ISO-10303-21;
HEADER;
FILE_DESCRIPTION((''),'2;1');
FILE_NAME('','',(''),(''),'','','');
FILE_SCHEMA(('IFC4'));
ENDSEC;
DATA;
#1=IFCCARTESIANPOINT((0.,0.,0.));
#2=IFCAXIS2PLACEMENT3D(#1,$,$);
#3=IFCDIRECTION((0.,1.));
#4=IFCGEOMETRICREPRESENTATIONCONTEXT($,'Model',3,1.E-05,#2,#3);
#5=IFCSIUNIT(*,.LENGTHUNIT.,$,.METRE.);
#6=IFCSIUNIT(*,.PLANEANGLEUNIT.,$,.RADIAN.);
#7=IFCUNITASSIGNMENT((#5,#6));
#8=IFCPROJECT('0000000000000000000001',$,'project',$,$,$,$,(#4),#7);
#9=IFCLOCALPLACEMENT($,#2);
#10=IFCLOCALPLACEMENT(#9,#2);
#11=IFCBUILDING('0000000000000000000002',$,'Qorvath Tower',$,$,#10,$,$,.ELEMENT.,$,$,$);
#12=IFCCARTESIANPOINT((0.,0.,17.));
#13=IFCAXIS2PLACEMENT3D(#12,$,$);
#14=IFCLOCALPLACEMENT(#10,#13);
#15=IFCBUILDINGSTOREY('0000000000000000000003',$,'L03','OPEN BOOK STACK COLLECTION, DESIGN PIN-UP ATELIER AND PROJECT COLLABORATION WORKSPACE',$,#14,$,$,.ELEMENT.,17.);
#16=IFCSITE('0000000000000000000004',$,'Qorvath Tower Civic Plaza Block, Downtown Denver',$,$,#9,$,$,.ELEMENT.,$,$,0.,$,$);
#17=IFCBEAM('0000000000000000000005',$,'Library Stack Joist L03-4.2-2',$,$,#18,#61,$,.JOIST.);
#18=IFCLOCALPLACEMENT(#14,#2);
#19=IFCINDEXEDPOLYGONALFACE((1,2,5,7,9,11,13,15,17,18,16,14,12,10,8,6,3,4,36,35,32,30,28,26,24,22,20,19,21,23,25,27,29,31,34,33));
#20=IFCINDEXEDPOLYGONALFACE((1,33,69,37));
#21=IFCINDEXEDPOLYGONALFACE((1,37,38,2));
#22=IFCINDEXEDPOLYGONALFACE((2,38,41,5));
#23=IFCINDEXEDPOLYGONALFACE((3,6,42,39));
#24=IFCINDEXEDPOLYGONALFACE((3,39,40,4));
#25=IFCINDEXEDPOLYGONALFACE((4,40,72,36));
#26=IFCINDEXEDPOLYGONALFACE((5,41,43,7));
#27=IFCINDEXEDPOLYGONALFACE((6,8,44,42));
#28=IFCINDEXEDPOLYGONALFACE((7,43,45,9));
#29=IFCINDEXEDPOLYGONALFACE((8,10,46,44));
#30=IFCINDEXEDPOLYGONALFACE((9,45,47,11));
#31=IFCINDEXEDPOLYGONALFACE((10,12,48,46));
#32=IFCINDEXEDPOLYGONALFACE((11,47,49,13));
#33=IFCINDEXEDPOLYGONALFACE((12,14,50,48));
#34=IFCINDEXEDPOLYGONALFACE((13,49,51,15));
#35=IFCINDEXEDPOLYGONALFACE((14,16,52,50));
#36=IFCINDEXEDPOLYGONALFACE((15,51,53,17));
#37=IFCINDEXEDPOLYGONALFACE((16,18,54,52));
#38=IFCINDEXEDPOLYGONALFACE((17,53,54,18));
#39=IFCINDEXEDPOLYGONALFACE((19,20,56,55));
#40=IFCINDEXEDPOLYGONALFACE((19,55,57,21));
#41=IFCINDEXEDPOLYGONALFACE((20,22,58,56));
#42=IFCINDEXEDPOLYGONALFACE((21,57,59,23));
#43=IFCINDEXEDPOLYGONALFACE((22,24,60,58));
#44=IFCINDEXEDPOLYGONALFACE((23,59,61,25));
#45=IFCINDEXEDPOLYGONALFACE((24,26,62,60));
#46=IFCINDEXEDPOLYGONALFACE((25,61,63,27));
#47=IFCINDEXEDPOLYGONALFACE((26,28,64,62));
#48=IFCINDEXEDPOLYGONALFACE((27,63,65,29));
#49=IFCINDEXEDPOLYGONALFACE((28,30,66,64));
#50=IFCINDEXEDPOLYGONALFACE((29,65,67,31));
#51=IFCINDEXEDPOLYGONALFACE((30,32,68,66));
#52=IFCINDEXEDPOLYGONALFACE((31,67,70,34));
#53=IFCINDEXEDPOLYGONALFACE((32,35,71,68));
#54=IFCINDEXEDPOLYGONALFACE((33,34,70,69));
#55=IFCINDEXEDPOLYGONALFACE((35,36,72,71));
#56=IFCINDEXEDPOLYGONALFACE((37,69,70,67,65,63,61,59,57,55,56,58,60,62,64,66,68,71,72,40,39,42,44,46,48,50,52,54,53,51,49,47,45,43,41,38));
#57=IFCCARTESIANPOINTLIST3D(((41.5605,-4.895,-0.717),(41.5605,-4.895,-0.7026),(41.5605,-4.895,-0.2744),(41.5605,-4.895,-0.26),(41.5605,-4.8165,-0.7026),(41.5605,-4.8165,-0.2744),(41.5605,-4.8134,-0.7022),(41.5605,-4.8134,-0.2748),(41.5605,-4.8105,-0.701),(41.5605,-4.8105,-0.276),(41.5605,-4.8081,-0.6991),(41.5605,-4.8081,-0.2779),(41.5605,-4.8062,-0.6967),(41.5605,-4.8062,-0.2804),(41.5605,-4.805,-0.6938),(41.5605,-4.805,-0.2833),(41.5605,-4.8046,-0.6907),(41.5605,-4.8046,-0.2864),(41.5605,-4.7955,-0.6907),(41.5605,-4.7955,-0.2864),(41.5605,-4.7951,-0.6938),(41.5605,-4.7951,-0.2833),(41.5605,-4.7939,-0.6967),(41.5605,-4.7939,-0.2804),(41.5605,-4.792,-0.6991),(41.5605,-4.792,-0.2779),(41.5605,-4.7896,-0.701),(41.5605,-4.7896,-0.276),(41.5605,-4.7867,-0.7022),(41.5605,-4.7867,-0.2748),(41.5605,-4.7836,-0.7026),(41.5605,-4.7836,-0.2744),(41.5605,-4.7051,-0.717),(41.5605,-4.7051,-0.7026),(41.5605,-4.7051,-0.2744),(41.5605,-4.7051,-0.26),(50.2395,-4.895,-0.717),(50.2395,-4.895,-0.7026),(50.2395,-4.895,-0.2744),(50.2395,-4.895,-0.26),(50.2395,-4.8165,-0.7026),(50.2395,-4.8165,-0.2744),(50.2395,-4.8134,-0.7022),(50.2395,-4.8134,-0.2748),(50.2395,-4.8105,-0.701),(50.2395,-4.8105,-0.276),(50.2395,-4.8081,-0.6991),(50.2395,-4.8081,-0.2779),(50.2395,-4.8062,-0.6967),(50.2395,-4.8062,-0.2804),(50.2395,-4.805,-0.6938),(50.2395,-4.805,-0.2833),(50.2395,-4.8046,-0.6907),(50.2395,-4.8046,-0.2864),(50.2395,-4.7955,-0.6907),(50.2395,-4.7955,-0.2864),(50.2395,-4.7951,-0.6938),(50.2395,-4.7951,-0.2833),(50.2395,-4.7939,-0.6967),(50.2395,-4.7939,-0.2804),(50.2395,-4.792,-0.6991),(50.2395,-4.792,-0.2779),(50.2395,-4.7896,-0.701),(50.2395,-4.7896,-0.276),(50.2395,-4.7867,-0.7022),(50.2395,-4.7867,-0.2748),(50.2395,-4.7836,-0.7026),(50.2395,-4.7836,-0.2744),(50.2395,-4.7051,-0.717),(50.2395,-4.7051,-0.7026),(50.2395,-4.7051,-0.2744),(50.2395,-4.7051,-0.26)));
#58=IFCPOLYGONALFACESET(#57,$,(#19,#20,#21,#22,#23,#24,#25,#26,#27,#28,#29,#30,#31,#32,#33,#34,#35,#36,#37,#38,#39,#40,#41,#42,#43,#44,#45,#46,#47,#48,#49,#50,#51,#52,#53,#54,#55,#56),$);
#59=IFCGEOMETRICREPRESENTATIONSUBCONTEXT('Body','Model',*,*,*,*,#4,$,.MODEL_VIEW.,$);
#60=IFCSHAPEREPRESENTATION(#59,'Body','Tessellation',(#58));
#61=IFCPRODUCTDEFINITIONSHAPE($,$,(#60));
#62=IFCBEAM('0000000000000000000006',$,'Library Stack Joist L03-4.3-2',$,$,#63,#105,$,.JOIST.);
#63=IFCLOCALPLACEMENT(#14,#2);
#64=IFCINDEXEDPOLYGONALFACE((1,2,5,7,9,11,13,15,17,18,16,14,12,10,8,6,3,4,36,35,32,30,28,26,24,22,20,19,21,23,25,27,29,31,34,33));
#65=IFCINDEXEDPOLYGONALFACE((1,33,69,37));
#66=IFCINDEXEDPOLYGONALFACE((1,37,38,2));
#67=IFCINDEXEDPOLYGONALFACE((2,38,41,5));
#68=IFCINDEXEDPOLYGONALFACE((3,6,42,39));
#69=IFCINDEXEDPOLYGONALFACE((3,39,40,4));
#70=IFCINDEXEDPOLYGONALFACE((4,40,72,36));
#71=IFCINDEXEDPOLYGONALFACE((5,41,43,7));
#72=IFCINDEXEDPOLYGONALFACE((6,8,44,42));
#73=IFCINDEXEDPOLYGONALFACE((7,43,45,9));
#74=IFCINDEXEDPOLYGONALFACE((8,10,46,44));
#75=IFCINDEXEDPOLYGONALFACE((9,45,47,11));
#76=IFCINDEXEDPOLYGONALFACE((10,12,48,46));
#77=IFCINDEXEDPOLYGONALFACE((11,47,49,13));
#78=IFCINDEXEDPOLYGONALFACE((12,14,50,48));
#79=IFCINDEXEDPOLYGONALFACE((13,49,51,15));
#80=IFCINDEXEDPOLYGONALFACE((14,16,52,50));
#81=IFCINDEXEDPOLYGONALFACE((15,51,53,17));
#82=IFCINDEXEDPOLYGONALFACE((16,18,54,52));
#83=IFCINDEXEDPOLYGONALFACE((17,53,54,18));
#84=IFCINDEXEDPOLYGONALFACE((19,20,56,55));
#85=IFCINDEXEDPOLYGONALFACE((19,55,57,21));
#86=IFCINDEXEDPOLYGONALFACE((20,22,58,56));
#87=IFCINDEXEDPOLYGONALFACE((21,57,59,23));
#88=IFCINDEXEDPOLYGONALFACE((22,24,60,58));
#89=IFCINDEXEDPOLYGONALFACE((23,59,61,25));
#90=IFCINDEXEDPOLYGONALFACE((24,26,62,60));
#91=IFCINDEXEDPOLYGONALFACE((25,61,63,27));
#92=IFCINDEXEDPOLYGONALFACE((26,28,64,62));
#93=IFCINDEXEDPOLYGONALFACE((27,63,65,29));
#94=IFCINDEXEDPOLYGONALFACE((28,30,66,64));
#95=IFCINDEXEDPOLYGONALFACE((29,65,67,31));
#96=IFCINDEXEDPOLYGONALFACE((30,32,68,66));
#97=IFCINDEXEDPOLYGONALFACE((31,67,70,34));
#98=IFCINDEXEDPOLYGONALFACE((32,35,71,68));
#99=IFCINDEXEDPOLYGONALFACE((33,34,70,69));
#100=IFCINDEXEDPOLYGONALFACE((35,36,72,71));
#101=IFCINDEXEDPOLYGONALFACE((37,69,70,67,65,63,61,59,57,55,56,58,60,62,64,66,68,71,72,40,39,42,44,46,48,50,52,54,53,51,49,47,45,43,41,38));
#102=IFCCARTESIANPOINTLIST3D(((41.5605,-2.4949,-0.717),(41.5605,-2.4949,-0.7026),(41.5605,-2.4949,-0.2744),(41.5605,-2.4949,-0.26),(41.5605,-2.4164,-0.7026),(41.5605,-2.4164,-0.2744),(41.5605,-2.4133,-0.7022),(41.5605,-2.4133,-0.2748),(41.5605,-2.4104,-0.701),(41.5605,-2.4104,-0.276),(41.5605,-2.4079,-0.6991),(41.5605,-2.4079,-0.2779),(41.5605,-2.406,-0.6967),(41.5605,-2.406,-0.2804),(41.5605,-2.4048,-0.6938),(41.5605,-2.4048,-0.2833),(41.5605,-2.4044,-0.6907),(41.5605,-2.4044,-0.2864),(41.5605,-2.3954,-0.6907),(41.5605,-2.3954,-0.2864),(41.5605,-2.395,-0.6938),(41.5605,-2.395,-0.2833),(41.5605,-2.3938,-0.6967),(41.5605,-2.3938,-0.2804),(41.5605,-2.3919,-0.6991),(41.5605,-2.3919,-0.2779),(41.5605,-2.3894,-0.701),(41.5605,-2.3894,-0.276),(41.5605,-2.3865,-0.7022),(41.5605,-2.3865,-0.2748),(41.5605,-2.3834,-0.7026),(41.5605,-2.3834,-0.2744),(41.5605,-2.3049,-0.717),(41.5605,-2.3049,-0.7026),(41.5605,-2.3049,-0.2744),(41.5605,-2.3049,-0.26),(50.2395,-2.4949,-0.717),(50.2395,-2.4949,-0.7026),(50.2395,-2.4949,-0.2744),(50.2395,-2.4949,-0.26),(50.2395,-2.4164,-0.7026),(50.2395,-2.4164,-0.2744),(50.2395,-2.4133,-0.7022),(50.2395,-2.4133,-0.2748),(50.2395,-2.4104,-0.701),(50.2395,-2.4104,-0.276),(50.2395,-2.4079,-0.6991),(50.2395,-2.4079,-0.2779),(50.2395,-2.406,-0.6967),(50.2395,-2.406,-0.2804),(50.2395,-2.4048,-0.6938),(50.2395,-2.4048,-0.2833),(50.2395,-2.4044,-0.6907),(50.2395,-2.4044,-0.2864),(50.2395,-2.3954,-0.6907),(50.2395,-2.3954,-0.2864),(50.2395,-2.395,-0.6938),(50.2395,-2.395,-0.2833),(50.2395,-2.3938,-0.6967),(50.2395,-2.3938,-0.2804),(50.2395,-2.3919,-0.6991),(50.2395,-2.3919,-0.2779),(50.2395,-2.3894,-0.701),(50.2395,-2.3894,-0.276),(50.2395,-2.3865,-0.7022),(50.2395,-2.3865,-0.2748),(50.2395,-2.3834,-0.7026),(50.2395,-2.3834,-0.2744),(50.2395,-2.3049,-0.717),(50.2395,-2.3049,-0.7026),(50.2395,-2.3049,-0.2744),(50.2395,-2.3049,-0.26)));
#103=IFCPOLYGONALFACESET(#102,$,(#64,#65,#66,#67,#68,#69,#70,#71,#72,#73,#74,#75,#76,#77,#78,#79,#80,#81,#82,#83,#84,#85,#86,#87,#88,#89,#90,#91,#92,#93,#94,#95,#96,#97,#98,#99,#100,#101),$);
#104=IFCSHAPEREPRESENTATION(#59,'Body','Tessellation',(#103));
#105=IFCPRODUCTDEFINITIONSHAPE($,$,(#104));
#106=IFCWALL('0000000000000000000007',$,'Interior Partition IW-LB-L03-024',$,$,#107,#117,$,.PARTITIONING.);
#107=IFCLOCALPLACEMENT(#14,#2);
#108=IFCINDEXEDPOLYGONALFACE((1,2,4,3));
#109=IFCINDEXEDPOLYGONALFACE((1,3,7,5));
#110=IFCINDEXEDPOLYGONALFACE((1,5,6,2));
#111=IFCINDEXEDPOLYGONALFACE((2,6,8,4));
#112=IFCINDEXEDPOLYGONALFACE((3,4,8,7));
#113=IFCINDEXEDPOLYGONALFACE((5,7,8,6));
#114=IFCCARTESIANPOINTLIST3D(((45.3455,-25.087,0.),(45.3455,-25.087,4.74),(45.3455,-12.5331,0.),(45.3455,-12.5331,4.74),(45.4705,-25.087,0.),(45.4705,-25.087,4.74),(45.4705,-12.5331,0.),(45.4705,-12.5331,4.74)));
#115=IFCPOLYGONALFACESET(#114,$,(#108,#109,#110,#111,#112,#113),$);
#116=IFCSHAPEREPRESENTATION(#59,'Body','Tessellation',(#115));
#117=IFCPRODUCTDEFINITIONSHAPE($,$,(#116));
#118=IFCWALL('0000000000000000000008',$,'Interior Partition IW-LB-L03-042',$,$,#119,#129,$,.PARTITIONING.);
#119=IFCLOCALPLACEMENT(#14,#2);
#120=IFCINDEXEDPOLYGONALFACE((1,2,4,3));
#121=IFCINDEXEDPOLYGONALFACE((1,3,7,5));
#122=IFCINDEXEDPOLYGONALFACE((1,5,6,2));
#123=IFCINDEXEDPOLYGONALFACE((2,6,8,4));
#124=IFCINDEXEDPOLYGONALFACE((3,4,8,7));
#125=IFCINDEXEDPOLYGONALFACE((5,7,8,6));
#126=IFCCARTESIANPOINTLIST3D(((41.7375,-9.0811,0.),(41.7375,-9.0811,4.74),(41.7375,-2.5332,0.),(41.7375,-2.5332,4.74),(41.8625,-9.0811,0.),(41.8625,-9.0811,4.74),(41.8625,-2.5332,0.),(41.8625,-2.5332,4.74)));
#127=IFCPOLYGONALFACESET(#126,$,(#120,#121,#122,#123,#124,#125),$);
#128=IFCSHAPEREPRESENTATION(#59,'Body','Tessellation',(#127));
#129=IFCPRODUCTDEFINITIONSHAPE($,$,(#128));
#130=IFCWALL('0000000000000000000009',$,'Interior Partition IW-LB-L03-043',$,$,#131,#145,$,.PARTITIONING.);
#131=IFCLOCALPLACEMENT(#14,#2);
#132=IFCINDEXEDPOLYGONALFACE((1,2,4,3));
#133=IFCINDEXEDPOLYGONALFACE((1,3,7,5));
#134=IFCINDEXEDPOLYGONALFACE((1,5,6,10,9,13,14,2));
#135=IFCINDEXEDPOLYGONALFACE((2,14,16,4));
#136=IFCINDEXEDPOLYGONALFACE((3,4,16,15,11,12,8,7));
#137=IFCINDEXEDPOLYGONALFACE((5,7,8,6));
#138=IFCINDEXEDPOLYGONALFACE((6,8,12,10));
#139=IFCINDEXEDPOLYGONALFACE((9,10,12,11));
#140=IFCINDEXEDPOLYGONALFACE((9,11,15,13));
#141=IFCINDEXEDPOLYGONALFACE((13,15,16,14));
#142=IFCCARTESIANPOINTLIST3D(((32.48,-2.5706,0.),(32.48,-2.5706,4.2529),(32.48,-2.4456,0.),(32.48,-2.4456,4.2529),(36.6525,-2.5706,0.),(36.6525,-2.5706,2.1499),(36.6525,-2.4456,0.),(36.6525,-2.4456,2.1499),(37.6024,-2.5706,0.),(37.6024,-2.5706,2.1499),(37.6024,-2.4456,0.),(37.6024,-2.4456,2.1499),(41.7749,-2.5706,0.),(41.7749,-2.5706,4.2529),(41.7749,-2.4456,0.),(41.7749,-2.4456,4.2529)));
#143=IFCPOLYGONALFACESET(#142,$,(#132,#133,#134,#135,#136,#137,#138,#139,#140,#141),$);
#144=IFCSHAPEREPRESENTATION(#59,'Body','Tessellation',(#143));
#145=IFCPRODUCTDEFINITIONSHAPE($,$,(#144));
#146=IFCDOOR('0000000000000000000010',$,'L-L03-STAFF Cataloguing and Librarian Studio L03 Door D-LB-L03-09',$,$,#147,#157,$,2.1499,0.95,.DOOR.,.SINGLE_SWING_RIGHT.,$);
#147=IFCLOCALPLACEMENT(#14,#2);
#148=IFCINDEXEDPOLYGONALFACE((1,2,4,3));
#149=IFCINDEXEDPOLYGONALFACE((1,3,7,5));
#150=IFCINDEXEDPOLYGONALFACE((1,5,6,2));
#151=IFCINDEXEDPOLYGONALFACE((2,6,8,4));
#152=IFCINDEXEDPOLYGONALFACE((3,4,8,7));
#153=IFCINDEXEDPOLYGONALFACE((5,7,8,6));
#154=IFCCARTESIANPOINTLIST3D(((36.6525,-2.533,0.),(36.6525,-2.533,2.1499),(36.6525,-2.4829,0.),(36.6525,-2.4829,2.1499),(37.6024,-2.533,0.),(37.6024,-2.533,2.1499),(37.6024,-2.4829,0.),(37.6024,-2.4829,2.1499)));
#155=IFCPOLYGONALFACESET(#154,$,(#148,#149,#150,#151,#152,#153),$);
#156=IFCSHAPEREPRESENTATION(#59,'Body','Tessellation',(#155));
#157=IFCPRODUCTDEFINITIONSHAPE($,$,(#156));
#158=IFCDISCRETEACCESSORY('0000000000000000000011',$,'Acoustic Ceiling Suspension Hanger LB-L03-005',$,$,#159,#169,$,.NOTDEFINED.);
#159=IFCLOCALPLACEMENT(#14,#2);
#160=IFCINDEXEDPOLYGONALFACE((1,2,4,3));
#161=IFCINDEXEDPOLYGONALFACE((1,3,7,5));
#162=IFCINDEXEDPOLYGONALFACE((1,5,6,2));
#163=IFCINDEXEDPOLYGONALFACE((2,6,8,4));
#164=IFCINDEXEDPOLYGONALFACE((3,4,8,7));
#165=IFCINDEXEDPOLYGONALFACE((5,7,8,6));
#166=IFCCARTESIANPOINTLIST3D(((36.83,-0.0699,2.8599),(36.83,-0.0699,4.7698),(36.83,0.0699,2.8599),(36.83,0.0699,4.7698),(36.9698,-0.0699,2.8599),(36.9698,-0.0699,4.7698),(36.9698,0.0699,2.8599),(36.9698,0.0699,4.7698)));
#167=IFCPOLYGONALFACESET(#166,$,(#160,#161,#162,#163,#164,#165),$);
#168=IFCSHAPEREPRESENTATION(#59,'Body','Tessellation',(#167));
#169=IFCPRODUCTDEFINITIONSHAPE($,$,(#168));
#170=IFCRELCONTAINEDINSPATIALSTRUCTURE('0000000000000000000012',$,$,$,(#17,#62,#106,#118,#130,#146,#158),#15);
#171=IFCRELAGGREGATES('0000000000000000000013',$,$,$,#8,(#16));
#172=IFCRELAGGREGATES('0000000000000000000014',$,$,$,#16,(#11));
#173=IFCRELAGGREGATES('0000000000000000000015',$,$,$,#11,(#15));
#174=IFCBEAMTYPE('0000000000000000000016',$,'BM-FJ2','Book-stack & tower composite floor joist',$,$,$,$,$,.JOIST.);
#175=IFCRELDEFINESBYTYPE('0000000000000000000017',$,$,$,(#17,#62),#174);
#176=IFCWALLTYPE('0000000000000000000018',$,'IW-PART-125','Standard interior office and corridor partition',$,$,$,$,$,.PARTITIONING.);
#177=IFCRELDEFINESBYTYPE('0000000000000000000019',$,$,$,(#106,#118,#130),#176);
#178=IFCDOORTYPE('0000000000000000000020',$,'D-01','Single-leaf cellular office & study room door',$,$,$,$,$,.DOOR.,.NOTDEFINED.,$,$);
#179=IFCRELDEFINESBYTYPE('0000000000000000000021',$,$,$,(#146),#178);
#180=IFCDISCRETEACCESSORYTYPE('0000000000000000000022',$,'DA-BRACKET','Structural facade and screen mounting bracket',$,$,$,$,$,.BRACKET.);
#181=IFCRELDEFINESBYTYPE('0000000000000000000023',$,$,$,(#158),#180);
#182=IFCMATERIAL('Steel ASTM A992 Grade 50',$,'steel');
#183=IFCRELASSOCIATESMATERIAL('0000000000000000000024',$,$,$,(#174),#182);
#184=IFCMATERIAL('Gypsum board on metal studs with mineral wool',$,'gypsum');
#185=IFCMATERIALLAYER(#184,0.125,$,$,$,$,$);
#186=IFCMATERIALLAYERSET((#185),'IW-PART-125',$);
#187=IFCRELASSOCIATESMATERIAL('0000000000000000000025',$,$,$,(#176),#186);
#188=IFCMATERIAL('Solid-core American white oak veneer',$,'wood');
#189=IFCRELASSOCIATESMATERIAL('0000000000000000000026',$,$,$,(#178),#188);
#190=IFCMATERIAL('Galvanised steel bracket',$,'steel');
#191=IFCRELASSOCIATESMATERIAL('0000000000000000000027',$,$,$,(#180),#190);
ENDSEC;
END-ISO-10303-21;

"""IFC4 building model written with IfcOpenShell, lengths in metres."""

from ifc_helpers import new_model, si_unit, direction, frame, frame_2d, origin, origin_2d, place, context, subcontext, project, spatial, rectangle, i_section, extrude, material, layer, layer_set, material_profile, profile_set, type_object, element, fill, save


model = new_model("IFC4")

# Units and contexts
model_context = context("Model", 3, precision=1e-05, world=origin(), true_north=direction((0.0, 1.0)))
body_context = subcontext(model_context, "Body", "Model", "MODEL_VIEW")
ifc_project = project(units=[si_unit("LENGTHUNIT", "METRE"), si_unit("PLANEANGLEUNIT", "RADIAN")], contexts=[model_context])

# Site, building, storey
site_placement = place(None, origin())
site = spatial("IfcSite", under=ifc_project, at=site_placement, Name="Qorvath Tower Civic Plaza Block, Downtown Denver", CompositionType="ELEMENT", RefElevation=0.0)
building_placement = place(site_placement, origin())
building = spatial("IfcBuilding", under=site, at=building_placement, Name="Qorvath Tower", CompositionType="ELEMENT")
storey_placement = place(building_placement, frame((0.0, 0.0, 17.0)))
storey = spatial("IfcBuildingStorey", under=building, at=storey_placement, Name="L03", Description="OPEN BOOK STACK COLLECTION, DESIGN PIN-UP ATELIER AND PROJECT COLLABORATION WORKSPACE", CompositionType="ELEMENT", Elevation=17.0)

# Beams
ifc_material_1 = material(Name="Steel ASTM A992 Grade 50", Category="steel")
ifc_material_profile_1 = material_profile(ifc_material_1, i_section(OverallWidth=0.1899, OverallDepth=0.457, WebThickness=0.009, FlangeThickness=0.0144, FilletRadius=0.012, at=origin_2d()), Name="W18x50")
ifc_profile_set_1 = profile_set([ifc_material_profile_1], Name="Steel ASTM A992 Grade 50")
beam_type_1 = type_object("IfcBeamType", Name="BM-FJ2", Description="Book-stack & tower composite floor joist", PredefinedType="JOIST", material=ifc_profile_set_1)
for number, where, z_axis, x_axis, name in (
    (1, (41.5605, -4.8, -0.4885), (1.0, 0.0, 0.0), (0.0, 1.0, 0.0), "Library Stack Joist L03-4.2-2"),
    (2, (41.5605, -2.3999, -0.4885), (1.0, 0.0, 0.0), (0.0, 1.0, 0.0), "Library Stack Joist L03-4.3-2"),
):
    element("IfcBeam", number, at=place(storey_placement, frame(where, z_axis=z_axis, x_axis=x_axis)), inside=storey, type_object=beam_type_1, Name=name, PredefinedType="JOIST", context=body_context, shape_type="SweptSolid", body=[
        extrude(i_section(OverallWidth=0.1899, OverallDepth=0.457, WebThickness=0.009, FlangeThickness=0.0144, FilletRadius=0.012, at=origin_2d()), origin(), (0.0, 0.0, 1.0), 8.679),
    ])

# Walls
ifc_material_2 = material(Name="Gypsum board on metal studs with mineral wool", Category="gypsum")
ifc_layer = layer(ifc_material_2, 0.125)
ifc_layer_set = layer_set([ifc_layer], Name="IW-PART-125")
wall_type = type_object("IfcWallType", Name="IW-PART-125", Description="Standard interior office and corridor partition", PredefinedType="PARTITIONING", material=ifc_layer_set)
wall_1_placement = place(storey_placement, frame((45.408, -12.5332, 0.0), z_axis=(0.0, 0.0, 1.0), x_axis=(0.0, -1.0, 0.0)))
element("IfcWall", 3, at=wall_1_placement, inside=storey, type_object=wall_type, Name="Interior Partition IW-LB-L03-024", PredefinedType="PARTITIONING", context=body_context, shape_type="SweptSolid", body=[
    extrude(rectangle(XDim=12.554, YDim=0.125, at=frame_2d((6.2769, 0.0))), origin(), (0.0, 0.0, 1.0), 4.74),
])
wall_2_placement = place(storey_placement, frame((41.8, -9.0811, 0.0), z_axis=(0.0, 0.0, 1.0), x_axis=(0.0, 1.0, 0.0)))
element("IfcWall", 4, at=wall_2_placement, inside=storey, type_object=wall_type, Name="Interior Partition IW-LB-L03-042", PredefinedType="PARTITIONING", context=body_context, shape_type="SweptSolid", body=[
    extrude(rectangle(XDim=6.5479, YDim=0.125, at=frame_2d((3.2739, 0.0))), origin(), (0.0, 0.0, 1.0), 4.74),
])

# Wall, opening, door
wall_3_placement = place(storey_placement, frame((41.7749, -2.5081, 0.0), z_axis=(0.0, 0.0, 1.0), x_axis=(-1.0, 0.0, 0.0)))
wall_3 = element("IfcWall", 5, at=wall_3_placement, inside=storey, type_object=wall_type, Name="Interior Partition IW-LB-L03-043", PredefinedType="PARTITIONING", context=body_context, shape_type="SweptSolid", body=[
    extrude(rectangle(XDim=9.2949, YDim=0.125, at=frame_2d((4.6475, 0.0))), origin(), (0.0, 0.0, 1.0), 4.2529),
])
opening_placement = place(wall_3_placement, frame((4.1724, 0.0, 0.0)))
opening = element("IfcOpeningElement", 6, at=opening_placement, cuts=wall_3, PredefinedType="OPENING", context=body_context, shape_type="SweptSolid", body=[
    extrude(rectangle(XDim=0.95, YDim=2.1499, at=frame_2d((0.4751, 1.075))), frame((0.0, 0.0725, 0.0), z_axis=(0.0, -1.0, 0.0), x_axis=(1.0, 0.0, 0.0)), (0.0, 0.0, 1.0), 0.145),
])
ifc_material_3 = material(Name="Solid-core American white oak veneer", Category="wood")
door_type = type_object("IfcDoorType", Name="D-01", Description="Single-leaf cellular office & study room door", OperationType="NOTDEFINED", PredefinedType="DOOR", material=ifc_material_3)
door_placement = place(opening_placement, origin())
door = element("IfcDoor", 7, at=door_placement, inside=storey, type_object=door_type, Name="L-L03-STAFF Cataloguing and Librarian Studio L03 Door D-LB-L03-09", OperationType="SINGLE_SWING_RIGHT", OverallHeight=2.1499, OverallWidth=0.95, PredefinedType="DOOR", context=body_context, shape_type="SweptSolid", body=[
    extrude(rectangle(XDim=0.95, YDim=2.1499, at=frame_2d((0.4751, 1.075))), frame((0.0, 0.0249, 0.0), z_axis=(0.0, -1.0, 0.0), x_axis=(1.0, 0.0, 0.0)), (0.0, 0.0, 1.0), 0.05),
])
fill(opening, door)

# Discrete accessory
ifc_material_4 = material(Name="Galvanised steel bracket", Category="steel")
discrete_accessory_type = type_object("IfcDiscreteAccessoryType", Name="DA-BRACKET", Description="Structural facade and screen mounting bracket", PredefinedType="BRACKET", material=ifc_material_4)
discrete_accessory_placement = place(storey_placement, frame((36.8999, 0.0, 2.8599), z_axis=(0.0, 0.0, 1.0), x_axis=(1.0, 0.0, 0.0)))
element("IfcDiscreteAccessory", 8, at=discrete_accessory_placement, inside=storey, type_object=discrete_accessory_type, Name="Acoustic Ceiling Suspension Hanger LB-L03-005", PredefinedType="NOTDEFINED", context=body_context, shape_type="SweptSolid", body=[
    extrude(rectangle(XDim=0.1399, YDim=0.1399, at=origin_2d()), origin(), (0.0, 0.0, 1.0), 1.9099),
])

save(model, "model.ifc")
